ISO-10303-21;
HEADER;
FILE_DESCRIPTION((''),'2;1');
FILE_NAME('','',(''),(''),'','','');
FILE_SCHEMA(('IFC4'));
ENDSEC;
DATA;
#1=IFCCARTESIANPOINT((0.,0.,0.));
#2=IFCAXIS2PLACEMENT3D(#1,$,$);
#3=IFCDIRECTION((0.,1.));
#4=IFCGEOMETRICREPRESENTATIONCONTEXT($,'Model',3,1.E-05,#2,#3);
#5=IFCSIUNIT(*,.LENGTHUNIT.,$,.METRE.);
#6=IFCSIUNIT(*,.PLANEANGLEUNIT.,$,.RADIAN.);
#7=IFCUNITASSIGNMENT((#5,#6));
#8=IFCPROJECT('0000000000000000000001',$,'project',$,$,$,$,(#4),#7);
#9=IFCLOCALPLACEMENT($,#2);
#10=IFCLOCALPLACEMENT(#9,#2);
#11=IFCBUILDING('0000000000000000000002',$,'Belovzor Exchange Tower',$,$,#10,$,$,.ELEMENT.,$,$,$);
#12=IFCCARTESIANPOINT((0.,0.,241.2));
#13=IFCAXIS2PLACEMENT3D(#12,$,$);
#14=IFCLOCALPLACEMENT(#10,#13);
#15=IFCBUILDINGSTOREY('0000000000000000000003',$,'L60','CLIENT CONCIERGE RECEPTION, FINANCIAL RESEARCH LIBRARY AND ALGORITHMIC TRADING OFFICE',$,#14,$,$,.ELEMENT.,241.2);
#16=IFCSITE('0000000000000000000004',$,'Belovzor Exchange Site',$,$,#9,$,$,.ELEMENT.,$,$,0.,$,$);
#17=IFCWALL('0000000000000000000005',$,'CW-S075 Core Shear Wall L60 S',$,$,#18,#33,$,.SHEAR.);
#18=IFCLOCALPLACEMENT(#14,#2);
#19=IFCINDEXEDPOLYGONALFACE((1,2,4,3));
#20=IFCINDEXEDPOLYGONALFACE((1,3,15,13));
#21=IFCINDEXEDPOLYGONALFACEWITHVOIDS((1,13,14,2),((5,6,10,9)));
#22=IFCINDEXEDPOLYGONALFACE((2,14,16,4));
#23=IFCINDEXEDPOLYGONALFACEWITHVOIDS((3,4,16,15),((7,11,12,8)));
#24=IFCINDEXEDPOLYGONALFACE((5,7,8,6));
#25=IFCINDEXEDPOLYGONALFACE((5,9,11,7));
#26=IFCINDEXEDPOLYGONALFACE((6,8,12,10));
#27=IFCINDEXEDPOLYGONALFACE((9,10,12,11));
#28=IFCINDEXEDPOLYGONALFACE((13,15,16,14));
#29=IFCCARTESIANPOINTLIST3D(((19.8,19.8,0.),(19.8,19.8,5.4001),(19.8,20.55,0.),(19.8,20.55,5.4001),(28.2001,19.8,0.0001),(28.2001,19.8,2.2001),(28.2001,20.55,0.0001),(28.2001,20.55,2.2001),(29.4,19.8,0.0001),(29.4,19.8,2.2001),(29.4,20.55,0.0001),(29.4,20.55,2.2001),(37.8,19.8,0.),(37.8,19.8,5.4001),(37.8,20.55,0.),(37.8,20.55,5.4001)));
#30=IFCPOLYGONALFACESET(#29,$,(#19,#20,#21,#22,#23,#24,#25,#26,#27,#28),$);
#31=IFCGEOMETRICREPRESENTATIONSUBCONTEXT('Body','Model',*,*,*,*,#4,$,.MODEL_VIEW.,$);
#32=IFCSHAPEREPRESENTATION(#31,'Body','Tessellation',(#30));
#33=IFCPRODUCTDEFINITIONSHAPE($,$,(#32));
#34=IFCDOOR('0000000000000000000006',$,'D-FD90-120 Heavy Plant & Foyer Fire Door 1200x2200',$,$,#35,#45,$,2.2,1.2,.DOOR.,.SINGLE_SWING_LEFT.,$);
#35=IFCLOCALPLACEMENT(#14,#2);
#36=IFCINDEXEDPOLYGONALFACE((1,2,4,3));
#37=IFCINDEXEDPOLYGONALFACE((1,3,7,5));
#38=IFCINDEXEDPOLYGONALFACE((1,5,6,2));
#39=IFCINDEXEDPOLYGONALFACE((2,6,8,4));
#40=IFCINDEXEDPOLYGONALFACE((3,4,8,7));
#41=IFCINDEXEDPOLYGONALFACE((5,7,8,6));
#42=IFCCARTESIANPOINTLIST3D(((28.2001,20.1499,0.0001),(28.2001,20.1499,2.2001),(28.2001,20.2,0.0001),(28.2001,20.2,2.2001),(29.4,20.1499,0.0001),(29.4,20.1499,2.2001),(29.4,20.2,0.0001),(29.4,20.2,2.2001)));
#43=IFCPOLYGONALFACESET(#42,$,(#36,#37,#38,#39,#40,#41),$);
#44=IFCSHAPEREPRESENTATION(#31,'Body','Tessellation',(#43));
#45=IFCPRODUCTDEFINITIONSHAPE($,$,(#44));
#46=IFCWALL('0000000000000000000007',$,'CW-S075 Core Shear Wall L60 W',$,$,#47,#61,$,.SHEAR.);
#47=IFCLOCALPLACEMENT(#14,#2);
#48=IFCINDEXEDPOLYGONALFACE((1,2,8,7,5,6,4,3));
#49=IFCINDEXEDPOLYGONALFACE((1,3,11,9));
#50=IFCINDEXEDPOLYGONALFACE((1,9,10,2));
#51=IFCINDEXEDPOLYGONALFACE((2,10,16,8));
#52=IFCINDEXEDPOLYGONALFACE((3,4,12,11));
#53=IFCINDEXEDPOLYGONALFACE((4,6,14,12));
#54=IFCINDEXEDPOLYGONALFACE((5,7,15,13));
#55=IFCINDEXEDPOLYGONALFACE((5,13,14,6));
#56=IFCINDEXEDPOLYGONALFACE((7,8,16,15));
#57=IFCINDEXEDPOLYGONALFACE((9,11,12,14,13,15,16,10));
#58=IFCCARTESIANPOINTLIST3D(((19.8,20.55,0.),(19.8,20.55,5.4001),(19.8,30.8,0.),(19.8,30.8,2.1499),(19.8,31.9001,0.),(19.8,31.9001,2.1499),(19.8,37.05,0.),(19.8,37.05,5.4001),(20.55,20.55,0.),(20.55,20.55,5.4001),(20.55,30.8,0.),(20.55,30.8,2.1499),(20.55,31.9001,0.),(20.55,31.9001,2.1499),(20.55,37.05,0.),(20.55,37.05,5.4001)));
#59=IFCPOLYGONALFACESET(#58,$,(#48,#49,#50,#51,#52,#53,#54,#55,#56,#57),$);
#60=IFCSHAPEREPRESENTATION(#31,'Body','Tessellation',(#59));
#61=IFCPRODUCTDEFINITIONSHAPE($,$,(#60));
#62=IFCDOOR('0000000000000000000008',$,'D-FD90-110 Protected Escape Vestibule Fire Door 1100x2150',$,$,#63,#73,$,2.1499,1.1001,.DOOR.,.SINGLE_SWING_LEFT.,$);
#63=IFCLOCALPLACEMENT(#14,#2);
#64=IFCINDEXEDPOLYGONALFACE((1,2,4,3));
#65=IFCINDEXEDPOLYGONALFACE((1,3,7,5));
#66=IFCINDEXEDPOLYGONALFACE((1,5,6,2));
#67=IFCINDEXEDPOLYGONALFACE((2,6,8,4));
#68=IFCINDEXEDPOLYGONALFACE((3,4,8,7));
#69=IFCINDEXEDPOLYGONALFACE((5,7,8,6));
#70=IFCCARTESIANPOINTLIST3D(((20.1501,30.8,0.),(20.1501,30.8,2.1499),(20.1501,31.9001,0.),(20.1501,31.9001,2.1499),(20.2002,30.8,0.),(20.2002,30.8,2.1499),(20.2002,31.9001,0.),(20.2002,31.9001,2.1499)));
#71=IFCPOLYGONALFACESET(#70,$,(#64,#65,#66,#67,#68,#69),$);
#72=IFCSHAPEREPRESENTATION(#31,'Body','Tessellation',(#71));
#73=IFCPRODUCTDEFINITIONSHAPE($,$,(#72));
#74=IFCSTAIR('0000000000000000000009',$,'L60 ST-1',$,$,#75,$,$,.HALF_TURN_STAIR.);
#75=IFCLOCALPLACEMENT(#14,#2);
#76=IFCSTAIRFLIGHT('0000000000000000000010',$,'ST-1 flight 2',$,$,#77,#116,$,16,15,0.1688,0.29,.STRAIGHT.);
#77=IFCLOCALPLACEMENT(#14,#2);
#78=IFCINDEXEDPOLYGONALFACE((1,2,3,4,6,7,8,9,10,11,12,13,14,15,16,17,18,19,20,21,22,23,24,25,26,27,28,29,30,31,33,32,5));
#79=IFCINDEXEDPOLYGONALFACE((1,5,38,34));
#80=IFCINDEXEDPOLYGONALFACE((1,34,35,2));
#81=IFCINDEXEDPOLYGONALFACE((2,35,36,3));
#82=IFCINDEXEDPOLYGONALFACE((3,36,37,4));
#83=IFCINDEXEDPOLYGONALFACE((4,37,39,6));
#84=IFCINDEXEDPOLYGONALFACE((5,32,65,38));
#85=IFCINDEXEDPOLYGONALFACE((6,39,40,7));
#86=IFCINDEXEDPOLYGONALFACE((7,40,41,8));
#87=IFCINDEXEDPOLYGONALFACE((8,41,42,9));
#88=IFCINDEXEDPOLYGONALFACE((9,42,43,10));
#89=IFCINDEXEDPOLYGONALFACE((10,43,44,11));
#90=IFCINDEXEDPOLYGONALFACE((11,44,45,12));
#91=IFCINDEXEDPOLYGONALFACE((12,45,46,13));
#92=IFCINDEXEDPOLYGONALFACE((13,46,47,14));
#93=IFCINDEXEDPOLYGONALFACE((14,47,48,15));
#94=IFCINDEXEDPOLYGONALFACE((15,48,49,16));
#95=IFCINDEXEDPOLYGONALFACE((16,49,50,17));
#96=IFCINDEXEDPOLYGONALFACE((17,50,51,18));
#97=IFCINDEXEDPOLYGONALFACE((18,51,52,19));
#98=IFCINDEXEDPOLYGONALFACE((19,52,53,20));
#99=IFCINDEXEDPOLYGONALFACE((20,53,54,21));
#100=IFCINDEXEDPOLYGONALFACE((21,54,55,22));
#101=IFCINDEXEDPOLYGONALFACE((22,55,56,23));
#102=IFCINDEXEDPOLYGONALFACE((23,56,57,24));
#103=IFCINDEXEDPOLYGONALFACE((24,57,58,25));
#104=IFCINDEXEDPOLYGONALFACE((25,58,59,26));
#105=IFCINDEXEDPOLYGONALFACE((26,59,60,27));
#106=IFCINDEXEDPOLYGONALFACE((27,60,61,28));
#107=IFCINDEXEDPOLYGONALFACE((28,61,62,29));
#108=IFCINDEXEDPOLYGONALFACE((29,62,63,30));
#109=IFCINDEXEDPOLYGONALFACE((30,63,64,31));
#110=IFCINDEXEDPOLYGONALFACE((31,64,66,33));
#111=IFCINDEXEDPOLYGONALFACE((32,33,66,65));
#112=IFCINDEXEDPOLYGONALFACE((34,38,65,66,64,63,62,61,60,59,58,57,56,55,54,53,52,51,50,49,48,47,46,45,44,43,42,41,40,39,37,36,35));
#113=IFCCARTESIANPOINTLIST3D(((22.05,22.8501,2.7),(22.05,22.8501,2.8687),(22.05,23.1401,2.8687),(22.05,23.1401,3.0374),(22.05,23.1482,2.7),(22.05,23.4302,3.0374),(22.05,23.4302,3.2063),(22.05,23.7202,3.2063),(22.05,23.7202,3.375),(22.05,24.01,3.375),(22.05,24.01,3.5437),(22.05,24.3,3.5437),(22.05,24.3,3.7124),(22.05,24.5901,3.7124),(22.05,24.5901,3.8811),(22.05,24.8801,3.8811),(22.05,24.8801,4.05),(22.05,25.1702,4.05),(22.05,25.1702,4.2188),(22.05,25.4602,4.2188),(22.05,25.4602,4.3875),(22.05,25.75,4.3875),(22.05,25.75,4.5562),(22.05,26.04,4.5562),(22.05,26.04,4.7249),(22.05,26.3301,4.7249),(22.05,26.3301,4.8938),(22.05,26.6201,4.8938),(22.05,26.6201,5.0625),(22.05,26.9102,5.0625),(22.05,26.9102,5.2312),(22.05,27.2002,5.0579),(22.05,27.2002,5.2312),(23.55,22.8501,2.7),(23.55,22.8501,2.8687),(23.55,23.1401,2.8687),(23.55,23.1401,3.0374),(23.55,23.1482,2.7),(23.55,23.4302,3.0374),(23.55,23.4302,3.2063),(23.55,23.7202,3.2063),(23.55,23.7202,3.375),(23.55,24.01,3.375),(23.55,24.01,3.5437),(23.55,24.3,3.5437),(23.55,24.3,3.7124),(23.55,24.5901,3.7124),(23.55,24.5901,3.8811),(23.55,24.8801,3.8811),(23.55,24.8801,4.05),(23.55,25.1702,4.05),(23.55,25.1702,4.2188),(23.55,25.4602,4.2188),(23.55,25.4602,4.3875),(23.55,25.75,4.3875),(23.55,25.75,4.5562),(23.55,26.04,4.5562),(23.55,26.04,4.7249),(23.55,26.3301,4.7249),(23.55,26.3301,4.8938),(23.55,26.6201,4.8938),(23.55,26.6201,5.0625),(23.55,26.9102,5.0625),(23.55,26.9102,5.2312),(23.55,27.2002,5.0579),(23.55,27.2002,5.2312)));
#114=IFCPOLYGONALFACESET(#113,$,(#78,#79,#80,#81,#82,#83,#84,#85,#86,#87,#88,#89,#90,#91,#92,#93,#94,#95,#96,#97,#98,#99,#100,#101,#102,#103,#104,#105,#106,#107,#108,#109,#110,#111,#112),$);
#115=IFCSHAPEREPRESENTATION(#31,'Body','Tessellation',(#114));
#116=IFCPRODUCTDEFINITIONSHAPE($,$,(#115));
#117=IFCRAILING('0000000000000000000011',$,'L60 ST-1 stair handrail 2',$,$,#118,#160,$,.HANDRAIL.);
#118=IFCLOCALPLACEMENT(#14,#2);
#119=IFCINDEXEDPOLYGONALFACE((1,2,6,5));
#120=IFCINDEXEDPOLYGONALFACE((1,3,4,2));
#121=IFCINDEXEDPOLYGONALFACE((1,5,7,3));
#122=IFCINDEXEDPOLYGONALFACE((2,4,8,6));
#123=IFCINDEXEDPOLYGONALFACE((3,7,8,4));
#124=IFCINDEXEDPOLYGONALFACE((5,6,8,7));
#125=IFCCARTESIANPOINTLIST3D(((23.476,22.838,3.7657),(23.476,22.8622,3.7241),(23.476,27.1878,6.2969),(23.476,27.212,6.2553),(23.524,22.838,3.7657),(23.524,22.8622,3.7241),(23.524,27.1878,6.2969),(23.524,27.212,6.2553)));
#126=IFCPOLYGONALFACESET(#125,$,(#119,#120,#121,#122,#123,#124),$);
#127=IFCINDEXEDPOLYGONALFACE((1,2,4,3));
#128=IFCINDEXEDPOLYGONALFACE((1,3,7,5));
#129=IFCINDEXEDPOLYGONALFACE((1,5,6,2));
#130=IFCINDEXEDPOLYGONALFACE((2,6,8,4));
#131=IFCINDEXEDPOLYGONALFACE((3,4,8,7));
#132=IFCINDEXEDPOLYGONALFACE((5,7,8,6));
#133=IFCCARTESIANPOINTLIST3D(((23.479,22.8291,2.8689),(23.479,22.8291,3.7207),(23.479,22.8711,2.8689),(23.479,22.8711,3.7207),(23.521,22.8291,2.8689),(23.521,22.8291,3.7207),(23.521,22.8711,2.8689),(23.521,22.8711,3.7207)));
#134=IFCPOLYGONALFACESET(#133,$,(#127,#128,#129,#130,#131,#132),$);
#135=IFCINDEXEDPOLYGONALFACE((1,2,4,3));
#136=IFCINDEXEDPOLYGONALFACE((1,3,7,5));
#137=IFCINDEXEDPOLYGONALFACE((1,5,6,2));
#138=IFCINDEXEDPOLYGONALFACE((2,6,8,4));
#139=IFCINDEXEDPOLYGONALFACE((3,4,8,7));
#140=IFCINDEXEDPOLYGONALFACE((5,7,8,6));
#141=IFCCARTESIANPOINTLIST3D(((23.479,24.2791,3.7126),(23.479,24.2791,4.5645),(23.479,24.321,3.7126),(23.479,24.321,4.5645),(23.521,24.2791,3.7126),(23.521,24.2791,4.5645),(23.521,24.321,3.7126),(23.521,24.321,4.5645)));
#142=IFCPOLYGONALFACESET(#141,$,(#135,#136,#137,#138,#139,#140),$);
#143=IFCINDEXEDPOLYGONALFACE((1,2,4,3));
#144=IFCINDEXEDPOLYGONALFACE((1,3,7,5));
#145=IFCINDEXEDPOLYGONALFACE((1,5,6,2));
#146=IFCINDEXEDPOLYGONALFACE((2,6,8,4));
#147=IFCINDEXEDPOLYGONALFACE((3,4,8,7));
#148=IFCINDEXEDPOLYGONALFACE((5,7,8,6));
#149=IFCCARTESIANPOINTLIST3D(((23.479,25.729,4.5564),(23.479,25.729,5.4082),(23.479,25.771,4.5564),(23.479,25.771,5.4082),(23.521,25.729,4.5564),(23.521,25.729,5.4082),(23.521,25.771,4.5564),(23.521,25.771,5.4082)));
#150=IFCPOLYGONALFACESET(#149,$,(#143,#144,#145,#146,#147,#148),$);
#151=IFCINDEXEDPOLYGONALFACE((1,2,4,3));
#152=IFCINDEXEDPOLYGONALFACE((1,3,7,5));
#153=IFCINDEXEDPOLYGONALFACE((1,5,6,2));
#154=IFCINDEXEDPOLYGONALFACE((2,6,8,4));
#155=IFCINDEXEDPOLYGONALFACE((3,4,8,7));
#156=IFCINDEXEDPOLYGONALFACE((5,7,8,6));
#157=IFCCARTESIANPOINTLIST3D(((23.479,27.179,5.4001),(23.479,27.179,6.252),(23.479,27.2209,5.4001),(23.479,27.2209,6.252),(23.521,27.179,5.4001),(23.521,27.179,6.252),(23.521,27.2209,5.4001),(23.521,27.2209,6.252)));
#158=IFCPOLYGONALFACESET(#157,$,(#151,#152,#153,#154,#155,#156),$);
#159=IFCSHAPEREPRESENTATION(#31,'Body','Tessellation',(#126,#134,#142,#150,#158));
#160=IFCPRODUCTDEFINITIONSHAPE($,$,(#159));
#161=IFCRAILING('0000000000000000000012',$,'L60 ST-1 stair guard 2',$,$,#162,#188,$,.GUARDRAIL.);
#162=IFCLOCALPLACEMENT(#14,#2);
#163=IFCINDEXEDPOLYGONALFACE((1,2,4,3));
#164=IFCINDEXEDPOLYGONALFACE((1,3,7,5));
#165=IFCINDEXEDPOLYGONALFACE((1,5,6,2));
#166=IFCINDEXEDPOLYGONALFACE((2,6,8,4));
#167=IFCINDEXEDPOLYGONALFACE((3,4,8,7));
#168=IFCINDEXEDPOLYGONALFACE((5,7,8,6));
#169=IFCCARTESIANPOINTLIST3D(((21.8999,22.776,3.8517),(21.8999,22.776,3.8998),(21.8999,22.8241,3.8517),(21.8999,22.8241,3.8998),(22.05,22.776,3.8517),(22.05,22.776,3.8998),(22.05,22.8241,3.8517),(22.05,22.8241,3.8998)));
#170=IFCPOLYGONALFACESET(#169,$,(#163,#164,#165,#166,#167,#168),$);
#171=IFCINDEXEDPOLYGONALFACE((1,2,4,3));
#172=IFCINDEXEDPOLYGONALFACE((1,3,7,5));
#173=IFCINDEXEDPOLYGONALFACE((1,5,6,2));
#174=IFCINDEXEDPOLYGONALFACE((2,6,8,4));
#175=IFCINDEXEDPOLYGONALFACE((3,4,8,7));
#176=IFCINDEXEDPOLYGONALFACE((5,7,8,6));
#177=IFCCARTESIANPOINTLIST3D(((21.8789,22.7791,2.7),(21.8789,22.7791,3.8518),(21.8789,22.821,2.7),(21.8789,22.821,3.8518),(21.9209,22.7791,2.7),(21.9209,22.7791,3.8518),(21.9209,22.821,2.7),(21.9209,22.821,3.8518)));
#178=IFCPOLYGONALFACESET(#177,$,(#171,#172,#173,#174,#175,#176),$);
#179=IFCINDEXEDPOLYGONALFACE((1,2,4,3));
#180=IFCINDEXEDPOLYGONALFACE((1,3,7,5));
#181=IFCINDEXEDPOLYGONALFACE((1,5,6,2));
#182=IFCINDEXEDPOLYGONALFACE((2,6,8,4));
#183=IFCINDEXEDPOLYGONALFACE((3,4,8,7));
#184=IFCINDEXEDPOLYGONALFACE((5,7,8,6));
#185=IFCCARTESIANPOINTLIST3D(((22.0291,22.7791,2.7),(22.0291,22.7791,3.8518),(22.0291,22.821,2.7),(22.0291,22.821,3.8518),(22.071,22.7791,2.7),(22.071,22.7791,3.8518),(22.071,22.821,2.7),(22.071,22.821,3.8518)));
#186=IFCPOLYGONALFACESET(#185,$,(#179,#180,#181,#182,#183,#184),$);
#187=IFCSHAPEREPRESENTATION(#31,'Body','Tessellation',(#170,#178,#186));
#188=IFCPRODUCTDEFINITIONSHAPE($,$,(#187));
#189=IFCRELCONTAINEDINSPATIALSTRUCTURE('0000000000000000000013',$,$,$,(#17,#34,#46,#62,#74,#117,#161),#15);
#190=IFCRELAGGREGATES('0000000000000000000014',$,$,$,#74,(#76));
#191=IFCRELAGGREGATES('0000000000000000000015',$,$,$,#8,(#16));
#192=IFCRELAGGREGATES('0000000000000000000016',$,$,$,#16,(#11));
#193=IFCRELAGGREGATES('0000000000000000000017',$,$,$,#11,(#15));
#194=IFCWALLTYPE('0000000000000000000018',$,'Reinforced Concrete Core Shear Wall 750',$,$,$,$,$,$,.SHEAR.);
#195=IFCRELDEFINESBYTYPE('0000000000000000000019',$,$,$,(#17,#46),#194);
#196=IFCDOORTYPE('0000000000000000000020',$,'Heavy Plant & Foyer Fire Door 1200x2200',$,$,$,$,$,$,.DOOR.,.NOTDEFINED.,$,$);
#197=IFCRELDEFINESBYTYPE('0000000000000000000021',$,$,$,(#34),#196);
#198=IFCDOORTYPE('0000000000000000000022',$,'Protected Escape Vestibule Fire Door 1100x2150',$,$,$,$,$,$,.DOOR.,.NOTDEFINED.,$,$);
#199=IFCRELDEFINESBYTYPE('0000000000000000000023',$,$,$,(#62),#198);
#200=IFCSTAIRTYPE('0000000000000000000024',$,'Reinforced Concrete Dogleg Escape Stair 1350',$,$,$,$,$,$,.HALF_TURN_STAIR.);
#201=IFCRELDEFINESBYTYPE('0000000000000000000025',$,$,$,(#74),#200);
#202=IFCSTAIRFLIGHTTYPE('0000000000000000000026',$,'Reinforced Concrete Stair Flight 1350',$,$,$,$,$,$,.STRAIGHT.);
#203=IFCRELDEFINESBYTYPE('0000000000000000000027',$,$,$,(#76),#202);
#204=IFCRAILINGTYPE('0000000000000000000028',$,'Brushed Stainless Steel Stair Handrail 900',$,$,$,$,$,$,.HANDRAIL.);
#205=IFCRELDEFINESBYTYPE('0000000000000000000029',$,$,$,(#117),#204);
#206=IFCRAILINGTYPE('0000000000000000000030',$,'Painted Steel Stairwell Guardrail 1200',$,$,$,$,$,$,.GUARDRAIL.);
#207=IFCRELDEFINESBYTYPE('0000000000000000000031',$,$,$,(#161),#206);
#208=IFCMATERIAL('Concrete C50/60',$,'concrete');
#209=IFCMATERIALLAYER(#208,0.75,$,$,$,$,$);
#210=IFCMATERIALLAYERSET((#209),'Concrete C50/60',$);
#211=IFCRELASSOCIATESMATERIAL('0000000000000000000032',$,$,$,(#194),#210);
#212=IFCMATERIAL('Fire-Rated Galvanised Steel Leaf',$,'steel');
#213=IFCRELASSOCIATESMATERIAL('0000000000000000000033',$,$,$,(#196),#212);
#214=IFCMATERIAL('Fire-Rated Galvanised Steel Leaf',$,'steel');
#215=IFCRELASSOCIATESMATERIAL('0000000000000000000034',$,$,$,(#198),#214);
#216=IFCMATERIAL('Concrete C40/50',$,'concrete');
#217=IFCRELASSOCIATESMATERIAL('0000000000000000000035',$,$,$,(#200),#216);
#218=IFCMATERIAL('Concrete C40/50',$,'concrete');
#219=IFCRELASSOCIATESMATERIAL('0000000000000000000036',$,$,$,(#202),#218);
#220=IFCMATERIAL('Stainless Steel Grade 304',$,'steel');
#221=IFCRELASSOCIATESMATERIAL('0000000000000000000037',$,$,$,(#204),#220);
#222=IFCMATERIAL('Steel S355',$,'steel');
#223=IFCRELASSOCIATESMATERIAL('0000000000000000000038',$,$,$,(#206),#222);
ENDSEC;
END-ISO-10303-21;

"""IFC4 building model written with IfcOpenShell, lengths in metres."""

from ifc_helpers import new_model, si_unit, direction, frame, frame_2d, origin, origin_2d, place, context, subcontext, project, spatial, polyline, rectangle, outline, extrude, material, layer, layer_set, type_object, element, fill, aggregate, save


model = new_model("IFC4")

# Units and contexts
model_context = context("Model", 3, precision=1e-05, world=origin(), true_north=direction((0.0, 1.0)))
body_context = subcontext(model_context, "Body", "Model", "MODEL_VIEW")
ifc_project = project(units=[si_unit("LENGTHUNIT", "METRE"), si_unit("PLANEANGLEUNIT", "RADIAN")], contexts=[model_context])

# Site, building, storey
site_placement = place(None, origin())
site = spatial("IfcSite", under=ifc_project, at=site_placement, Name="Belovzor Exchange Site", CompositionType="ELEMENT", RefElevation=0.0)
building_placement = place(site_placement, origin())
building = spatial("IfcBuilding", under=site, at=building_placement, Name="Belovzor Exchange Tower", CompositionType="ELEMENT")
storey_placement = place(building_placement, frame((0.0, 0.0, 241.2)))
storey = spatial("IfcBuildingStorey", under=building, at=storey_placement, Name="L60", Description="CLIENT CONCIERGE RECEPTION, FINANCIAL RESEARCH LIBRARY AND ALGORITHMIC TRADING OFFICE", CompositionType="ELEMENT", Elevation=241.2)

# Walls, openings, doors
ifc_material_1 = material(Name="Concrete C50/60", Category="concrete")
ifc_layer_1 = layer(ifc_material_1, 0.75)
ifc_layer_set_1 = layer_set([ifc_layer_1], Name="Concrete C50/60")
wall_type_1 = type_object("IfcWallType", Name="Reinforced Concrete Core Shear Wall 750", PredefinedType="SHEAR", material=ifc_layer_set_1)
wall_1_placement = place(storey_placement, frame((19.8, 20.175, 0.0), z_axis=(0.0, 0.0, 1.0), x_axis=(1.0, 0.0, 0.0)))
wall_1 = element("IfcWall", 1, at=wall_1_placement, inside=storey, type_object=wall_type_1, Name="CW-S075 Core Shear Wall L60 S", PredefinedType="SHEAR", context=body_context, shape_type="SweptSolid", body=[
    extrude(rectangle(XDim=18.0, YDim=0.75, at=frame_2d((9.0, 0.0))), origin(), (0.0, 0.0, 1.0), 5.4001),
])
opening_1_placement = place(wall_1_placement, frame((8.3999, 0.0, 0.0)))
opening_1 = element("IfcOpeningElement", 2, at=opening_1_placement, cuts=wall_1, PredefinedType="OPENING", context=body_context, shape_type="SweptSolid", body=[
    extrude(rectangle(XDim=1.2, YDim=2.2, at=frame_2d((0.6001, 1.1001))), frame((0.0, 0.385, 0.0), z_axis=(0.0, -1.0, 0.0), x_axis=(1.0, 0.0, 0.0)), (0.0, 0.0, 1.0), 0.77),
])
ifc_material_2 = material(Name="Fire-Rated Galvanised Steel Leaf", Category="steel")
door_type_1 = type_object("IfcDoorType", Name="Heavy Plant & Foyer Fire Door 1200x2200", OperationType="NOTDEFINED", PredefinedType="DOOR", material=ifc_material_2)
door_1_placement = place(opening_1_placement, origin())
door_1 = element("IfcDoor", 3, at=door_1_placement, inside=storey, type_object=door_type_1, Name="D-FD90-120 Heavy Plant & Foyer Fire Door 1200x2200", OperationType="SINGLE_SWING_LEFT", OverallHeight=2.2, OverallWidth=1.2, PredefinedType="DOOR", context=body_context, shape_type="SweptSolid", body=[
    extrude(rectangle(XDim=1.2, YDim=2.2, at=frame_2d((0.6001, 1.1001))), frame((0.0, 0.0249, 0.0), z_axis=(0.0, -1.0, 0.0), x_axis=(1.0, 0.0, 0.0)), (0.0, 0.0, 1.0), 0.05),
])
fill(opening_1, door_1)
wall_2_placement = place(storey_placement, frame((20.175, 20.55, 0.0), z_axis=(0.0, 0.0, 1.0), x_axis=(0.0, 1.0, 0.0)))
wall_2 = element("IfcWall", 4, at=wall_2_placement, inside=storey, type_object=wall_type_1, Name="CW-S075 Core Shear Wall L60 W", PredefinedType="SHEAR", context=body_context, shape_type="SweptSolid", body=[
    extrude(rectangle(XDim=16.5, YDim=0.75, at=frame_2d((8.25, 0.0))), origin(), (0.0, 0.0, 1.0), 5.4001),
])
opening_2_placement = place(wall_2_placement, frame((10.25, 0.0, 0.0)))
opening_2 = element("IfcOpeningElement", 5, at=opening_2_placement, cuts=wall_2, PredefinedType="OPENING", context=body_context, shape_type="SweptSolid", body=[
    extrude(rectangle(XDim=1.1001, YDim=2.1499, at=frame_2d((0.55, 1.075))), frame((0.0, 0.385, 0.0), z_axis=(0.0, -1.0, 0.0), x_axis=(1.0, 0.0, 0.0)), (0.0, 0.0, 1.0), 0.77),
])
ifc_material_3 = material(Name="Fire-Rated Galvanised Steel Leaf", Category="steel")
door_type_2 = type_object("IfcDoorType", Name="Protected Escape Vestibule Fire Door 1100x2150", OperationType="NOTDEFINED", PredefinedType="DOOR", material=ifc_material_3)
door_2_placement = place(opening_2_placement, origin())
door_2 = element("IfcDoor", 6, at=door_2_placement, inside=storey, type_object=door_type_2, Name="D-FD90-110 Protected Escape Vestibule Fire Door 1100x2150", OperationType="SINGLE_SWING_LEFT", OverallHeight=2.1499, OverallWidth=1.1001, PredefinedType="DOOR", context=body_context, shape_type="SweptSolid", body=[
    extrude(rectangle(XDim=1.1001, YDim=2.1499, at=frame_2d((0.55, 1.075))), frame((0.0, 0.0249, 0.0), z_axis=(0.0, -1.0, 0.0), x_axis=(1.0, 0.0, 0.0)), (0.0, 0.0, 1.0), 0.05),
])
fill(opening_2, door_2)

# Stair, stair flight
ifc_material_4 = material(Name="Concrete C40/50", Category="concrete")
stair_type = type_object("IfcStairType", Name="Reinforced Concrete Dogleg Escape Stair 1350", PredefinedType="HALF_TURN_STAIR", material=ifc_material_4)
stair_placement = place(storey_placement, origin())
stair = element("IfcStair", 7, at=stair_placement, inside=storey, type_object=stair_type, Name="L60 ST-1", PredefinedType="HALF_TURN_STAIR")
ifc_material_5 = material(Name="Concrete C40/50", Category="concrete")
stair_flight_type = type_object("IfcStairFlightType", Name="Reinforced Concrete Stair Flight 1350", PredefinedType="STRAIGHT", material=ifc_material_5)
stair_flight_placement = place(storey_placement, frame((22.8, 22.8501, 2.7), z_axis=(0.0, 0.0, 1.0), x_axis=(0.0, 1.0, 0.0)))
stair_flight = element("IfcStairFlight", 8, at=stair_flight_placement, type_object=stair_flight_type, Name="ST-1 flight 2", NumberOfRisers=16, NumberOfTreads=15, PredefinedType="STRAIGHT", RiserHeight=0.1688, TreadLength=0.29, context=body_context, shape_type="SweptSolid", body=[
    extrude(outline(polyline([(0.0, 0.0), (0.0, 0.1687), (0.29, 0.1687), (0.29, 0.3374), (0.5801, 0.3374), (0.5801, 0.5063), (0.8701, 0.5063), (0.8701, 0.675), (1.1599, 0.675), (1.1599, 0.8438), (1.45, 0.8438), (1.45, 1.0125), (1.74, 1.0125), (1.74, 1.1812), (2.03, 1.1812), (2.03, 1.3501), (2.3201, 1.3501), (2.3201, 1.5188), (2.6101, 1.5188), (2.6101, 1.6875), (2.8999, 1.6875), (2.8999, 1.8562), (3.1899, 1.8562), (3.1899, 2.0249), (3.48, 2.0249), (3.48, 2.1938), (3.77, 2.1938), (3.77, 2.3625), (4.0601, 2.3625), (4.0601, 2.5312), (4.3501, 2.5312), (4.3501, 2.7), (4.3501, 2.3579), (0.2981, 0.0), (0.0, 0.0)])), frame((0.0, 0.75, 0.0), z_axis=(0.0, -1.0, 0.0), x_axis=(1.0, 0.0, 0.0)), (0.0, 0.0, 1.0), 1.5),
])
aggregate(stair, [stair_flight])

# Railings
ifc_material_6 = material(Name="Stainless Steel Grade 304", Category="steel")
railing_type_1 = type_object("IfcRailingType", Name="Brushed Stainless Steel Stair Handrail 900", PredefinedType="HANDRAIL", material=ifc_material_6)
railing_1_placement = place(storey_placement, frame((23.5, 22.8501, 2.8689)))
element("IfcRailing", 9, at=railing_1_placement, inside=storey, type_object=railing_type_1, Name="L60 ST-1 stair handrail 2", PredefinedType="HANDRAIL", context=body_context, shape_type="SweptSolid", body=[
    extrude(rectangle(XDim=0.0481, YDim=0.0481, at=origin_2d()), frame((0.0, 0.0, 0.876), z_axis=(0.0, 0.864312, 0.502957), x_axis=(-1.0, 0.0, 0.0)), (0.0, 0.0, 1.0), 5.0327),
    extrude(rectangle(XDim=0.042, YDim=0.042, at=origin_2d()), origin(), (0.0, 0.0, 1.0), 0.8518),
    extrude(rectangle(XDim=0.042, YDim=0.042, at=origin_2d()), frame((0.0, 1.45, 0.8438)), (0.0, 0.0, 1.0), 0.8518),
    extrude(rectangle(XDim=0.042, YDim=0.042, at=origin_2d()), frame((0.0, 2.8999, 1.6875)), (0.0, 0.0, 1.0), 0.8518),
    extrude(rectangle(XDim=0.042, YDim=0.042, at=origin_2d()), frame((0.0, 4.3499, 2.5312)), (0.0, 0.0, 1.0), 0.8518),
])
ifc_material_7 = material(Name="Steel S355", Category="steel")
railing_type_2 = type_object("IfcRailingType", Name="Painted Steel Stairwell Guardrail 1200", PredefinedType="GUARDRAIL", material=ifc_material_7)
railing_2_placement = place(storey_placement, frame((21.8999, 22.8, 2.7)))
element("IfcRailing", 10, at=railing_2_placement, inside=storey, type_object=railing_type_2, Name="L60 ST-1 stair guard 2", PredefinedType="GUARDRAIL", context=body_context, shape_type="SweptSolid", body=[
    extrude(rectangle(XDim=0.0481, YDim=0.0481, at=origin_2d()), frame((0.0, 0.0, 1.1758), z_axis=(1.0, 0.0, 0.0), x_axis=(0.0, 1.0, 0.0)), (0.0, 0.0, 1.0), 0.1501),
    extrude(rectangle(XDim=0.042, YDim=0.042, at=origin_2d()), origin(), (0.0, 0.0, 1.0), 1.1519),
    extrude(rectangle(XDim=0.042, YDim=0.042, at=origin_2d()), frame((0.1501, 0.0, 0.0)), (0.0, 0.0, 1.0), 1.1519),
])

save(model, "model.ifc")
